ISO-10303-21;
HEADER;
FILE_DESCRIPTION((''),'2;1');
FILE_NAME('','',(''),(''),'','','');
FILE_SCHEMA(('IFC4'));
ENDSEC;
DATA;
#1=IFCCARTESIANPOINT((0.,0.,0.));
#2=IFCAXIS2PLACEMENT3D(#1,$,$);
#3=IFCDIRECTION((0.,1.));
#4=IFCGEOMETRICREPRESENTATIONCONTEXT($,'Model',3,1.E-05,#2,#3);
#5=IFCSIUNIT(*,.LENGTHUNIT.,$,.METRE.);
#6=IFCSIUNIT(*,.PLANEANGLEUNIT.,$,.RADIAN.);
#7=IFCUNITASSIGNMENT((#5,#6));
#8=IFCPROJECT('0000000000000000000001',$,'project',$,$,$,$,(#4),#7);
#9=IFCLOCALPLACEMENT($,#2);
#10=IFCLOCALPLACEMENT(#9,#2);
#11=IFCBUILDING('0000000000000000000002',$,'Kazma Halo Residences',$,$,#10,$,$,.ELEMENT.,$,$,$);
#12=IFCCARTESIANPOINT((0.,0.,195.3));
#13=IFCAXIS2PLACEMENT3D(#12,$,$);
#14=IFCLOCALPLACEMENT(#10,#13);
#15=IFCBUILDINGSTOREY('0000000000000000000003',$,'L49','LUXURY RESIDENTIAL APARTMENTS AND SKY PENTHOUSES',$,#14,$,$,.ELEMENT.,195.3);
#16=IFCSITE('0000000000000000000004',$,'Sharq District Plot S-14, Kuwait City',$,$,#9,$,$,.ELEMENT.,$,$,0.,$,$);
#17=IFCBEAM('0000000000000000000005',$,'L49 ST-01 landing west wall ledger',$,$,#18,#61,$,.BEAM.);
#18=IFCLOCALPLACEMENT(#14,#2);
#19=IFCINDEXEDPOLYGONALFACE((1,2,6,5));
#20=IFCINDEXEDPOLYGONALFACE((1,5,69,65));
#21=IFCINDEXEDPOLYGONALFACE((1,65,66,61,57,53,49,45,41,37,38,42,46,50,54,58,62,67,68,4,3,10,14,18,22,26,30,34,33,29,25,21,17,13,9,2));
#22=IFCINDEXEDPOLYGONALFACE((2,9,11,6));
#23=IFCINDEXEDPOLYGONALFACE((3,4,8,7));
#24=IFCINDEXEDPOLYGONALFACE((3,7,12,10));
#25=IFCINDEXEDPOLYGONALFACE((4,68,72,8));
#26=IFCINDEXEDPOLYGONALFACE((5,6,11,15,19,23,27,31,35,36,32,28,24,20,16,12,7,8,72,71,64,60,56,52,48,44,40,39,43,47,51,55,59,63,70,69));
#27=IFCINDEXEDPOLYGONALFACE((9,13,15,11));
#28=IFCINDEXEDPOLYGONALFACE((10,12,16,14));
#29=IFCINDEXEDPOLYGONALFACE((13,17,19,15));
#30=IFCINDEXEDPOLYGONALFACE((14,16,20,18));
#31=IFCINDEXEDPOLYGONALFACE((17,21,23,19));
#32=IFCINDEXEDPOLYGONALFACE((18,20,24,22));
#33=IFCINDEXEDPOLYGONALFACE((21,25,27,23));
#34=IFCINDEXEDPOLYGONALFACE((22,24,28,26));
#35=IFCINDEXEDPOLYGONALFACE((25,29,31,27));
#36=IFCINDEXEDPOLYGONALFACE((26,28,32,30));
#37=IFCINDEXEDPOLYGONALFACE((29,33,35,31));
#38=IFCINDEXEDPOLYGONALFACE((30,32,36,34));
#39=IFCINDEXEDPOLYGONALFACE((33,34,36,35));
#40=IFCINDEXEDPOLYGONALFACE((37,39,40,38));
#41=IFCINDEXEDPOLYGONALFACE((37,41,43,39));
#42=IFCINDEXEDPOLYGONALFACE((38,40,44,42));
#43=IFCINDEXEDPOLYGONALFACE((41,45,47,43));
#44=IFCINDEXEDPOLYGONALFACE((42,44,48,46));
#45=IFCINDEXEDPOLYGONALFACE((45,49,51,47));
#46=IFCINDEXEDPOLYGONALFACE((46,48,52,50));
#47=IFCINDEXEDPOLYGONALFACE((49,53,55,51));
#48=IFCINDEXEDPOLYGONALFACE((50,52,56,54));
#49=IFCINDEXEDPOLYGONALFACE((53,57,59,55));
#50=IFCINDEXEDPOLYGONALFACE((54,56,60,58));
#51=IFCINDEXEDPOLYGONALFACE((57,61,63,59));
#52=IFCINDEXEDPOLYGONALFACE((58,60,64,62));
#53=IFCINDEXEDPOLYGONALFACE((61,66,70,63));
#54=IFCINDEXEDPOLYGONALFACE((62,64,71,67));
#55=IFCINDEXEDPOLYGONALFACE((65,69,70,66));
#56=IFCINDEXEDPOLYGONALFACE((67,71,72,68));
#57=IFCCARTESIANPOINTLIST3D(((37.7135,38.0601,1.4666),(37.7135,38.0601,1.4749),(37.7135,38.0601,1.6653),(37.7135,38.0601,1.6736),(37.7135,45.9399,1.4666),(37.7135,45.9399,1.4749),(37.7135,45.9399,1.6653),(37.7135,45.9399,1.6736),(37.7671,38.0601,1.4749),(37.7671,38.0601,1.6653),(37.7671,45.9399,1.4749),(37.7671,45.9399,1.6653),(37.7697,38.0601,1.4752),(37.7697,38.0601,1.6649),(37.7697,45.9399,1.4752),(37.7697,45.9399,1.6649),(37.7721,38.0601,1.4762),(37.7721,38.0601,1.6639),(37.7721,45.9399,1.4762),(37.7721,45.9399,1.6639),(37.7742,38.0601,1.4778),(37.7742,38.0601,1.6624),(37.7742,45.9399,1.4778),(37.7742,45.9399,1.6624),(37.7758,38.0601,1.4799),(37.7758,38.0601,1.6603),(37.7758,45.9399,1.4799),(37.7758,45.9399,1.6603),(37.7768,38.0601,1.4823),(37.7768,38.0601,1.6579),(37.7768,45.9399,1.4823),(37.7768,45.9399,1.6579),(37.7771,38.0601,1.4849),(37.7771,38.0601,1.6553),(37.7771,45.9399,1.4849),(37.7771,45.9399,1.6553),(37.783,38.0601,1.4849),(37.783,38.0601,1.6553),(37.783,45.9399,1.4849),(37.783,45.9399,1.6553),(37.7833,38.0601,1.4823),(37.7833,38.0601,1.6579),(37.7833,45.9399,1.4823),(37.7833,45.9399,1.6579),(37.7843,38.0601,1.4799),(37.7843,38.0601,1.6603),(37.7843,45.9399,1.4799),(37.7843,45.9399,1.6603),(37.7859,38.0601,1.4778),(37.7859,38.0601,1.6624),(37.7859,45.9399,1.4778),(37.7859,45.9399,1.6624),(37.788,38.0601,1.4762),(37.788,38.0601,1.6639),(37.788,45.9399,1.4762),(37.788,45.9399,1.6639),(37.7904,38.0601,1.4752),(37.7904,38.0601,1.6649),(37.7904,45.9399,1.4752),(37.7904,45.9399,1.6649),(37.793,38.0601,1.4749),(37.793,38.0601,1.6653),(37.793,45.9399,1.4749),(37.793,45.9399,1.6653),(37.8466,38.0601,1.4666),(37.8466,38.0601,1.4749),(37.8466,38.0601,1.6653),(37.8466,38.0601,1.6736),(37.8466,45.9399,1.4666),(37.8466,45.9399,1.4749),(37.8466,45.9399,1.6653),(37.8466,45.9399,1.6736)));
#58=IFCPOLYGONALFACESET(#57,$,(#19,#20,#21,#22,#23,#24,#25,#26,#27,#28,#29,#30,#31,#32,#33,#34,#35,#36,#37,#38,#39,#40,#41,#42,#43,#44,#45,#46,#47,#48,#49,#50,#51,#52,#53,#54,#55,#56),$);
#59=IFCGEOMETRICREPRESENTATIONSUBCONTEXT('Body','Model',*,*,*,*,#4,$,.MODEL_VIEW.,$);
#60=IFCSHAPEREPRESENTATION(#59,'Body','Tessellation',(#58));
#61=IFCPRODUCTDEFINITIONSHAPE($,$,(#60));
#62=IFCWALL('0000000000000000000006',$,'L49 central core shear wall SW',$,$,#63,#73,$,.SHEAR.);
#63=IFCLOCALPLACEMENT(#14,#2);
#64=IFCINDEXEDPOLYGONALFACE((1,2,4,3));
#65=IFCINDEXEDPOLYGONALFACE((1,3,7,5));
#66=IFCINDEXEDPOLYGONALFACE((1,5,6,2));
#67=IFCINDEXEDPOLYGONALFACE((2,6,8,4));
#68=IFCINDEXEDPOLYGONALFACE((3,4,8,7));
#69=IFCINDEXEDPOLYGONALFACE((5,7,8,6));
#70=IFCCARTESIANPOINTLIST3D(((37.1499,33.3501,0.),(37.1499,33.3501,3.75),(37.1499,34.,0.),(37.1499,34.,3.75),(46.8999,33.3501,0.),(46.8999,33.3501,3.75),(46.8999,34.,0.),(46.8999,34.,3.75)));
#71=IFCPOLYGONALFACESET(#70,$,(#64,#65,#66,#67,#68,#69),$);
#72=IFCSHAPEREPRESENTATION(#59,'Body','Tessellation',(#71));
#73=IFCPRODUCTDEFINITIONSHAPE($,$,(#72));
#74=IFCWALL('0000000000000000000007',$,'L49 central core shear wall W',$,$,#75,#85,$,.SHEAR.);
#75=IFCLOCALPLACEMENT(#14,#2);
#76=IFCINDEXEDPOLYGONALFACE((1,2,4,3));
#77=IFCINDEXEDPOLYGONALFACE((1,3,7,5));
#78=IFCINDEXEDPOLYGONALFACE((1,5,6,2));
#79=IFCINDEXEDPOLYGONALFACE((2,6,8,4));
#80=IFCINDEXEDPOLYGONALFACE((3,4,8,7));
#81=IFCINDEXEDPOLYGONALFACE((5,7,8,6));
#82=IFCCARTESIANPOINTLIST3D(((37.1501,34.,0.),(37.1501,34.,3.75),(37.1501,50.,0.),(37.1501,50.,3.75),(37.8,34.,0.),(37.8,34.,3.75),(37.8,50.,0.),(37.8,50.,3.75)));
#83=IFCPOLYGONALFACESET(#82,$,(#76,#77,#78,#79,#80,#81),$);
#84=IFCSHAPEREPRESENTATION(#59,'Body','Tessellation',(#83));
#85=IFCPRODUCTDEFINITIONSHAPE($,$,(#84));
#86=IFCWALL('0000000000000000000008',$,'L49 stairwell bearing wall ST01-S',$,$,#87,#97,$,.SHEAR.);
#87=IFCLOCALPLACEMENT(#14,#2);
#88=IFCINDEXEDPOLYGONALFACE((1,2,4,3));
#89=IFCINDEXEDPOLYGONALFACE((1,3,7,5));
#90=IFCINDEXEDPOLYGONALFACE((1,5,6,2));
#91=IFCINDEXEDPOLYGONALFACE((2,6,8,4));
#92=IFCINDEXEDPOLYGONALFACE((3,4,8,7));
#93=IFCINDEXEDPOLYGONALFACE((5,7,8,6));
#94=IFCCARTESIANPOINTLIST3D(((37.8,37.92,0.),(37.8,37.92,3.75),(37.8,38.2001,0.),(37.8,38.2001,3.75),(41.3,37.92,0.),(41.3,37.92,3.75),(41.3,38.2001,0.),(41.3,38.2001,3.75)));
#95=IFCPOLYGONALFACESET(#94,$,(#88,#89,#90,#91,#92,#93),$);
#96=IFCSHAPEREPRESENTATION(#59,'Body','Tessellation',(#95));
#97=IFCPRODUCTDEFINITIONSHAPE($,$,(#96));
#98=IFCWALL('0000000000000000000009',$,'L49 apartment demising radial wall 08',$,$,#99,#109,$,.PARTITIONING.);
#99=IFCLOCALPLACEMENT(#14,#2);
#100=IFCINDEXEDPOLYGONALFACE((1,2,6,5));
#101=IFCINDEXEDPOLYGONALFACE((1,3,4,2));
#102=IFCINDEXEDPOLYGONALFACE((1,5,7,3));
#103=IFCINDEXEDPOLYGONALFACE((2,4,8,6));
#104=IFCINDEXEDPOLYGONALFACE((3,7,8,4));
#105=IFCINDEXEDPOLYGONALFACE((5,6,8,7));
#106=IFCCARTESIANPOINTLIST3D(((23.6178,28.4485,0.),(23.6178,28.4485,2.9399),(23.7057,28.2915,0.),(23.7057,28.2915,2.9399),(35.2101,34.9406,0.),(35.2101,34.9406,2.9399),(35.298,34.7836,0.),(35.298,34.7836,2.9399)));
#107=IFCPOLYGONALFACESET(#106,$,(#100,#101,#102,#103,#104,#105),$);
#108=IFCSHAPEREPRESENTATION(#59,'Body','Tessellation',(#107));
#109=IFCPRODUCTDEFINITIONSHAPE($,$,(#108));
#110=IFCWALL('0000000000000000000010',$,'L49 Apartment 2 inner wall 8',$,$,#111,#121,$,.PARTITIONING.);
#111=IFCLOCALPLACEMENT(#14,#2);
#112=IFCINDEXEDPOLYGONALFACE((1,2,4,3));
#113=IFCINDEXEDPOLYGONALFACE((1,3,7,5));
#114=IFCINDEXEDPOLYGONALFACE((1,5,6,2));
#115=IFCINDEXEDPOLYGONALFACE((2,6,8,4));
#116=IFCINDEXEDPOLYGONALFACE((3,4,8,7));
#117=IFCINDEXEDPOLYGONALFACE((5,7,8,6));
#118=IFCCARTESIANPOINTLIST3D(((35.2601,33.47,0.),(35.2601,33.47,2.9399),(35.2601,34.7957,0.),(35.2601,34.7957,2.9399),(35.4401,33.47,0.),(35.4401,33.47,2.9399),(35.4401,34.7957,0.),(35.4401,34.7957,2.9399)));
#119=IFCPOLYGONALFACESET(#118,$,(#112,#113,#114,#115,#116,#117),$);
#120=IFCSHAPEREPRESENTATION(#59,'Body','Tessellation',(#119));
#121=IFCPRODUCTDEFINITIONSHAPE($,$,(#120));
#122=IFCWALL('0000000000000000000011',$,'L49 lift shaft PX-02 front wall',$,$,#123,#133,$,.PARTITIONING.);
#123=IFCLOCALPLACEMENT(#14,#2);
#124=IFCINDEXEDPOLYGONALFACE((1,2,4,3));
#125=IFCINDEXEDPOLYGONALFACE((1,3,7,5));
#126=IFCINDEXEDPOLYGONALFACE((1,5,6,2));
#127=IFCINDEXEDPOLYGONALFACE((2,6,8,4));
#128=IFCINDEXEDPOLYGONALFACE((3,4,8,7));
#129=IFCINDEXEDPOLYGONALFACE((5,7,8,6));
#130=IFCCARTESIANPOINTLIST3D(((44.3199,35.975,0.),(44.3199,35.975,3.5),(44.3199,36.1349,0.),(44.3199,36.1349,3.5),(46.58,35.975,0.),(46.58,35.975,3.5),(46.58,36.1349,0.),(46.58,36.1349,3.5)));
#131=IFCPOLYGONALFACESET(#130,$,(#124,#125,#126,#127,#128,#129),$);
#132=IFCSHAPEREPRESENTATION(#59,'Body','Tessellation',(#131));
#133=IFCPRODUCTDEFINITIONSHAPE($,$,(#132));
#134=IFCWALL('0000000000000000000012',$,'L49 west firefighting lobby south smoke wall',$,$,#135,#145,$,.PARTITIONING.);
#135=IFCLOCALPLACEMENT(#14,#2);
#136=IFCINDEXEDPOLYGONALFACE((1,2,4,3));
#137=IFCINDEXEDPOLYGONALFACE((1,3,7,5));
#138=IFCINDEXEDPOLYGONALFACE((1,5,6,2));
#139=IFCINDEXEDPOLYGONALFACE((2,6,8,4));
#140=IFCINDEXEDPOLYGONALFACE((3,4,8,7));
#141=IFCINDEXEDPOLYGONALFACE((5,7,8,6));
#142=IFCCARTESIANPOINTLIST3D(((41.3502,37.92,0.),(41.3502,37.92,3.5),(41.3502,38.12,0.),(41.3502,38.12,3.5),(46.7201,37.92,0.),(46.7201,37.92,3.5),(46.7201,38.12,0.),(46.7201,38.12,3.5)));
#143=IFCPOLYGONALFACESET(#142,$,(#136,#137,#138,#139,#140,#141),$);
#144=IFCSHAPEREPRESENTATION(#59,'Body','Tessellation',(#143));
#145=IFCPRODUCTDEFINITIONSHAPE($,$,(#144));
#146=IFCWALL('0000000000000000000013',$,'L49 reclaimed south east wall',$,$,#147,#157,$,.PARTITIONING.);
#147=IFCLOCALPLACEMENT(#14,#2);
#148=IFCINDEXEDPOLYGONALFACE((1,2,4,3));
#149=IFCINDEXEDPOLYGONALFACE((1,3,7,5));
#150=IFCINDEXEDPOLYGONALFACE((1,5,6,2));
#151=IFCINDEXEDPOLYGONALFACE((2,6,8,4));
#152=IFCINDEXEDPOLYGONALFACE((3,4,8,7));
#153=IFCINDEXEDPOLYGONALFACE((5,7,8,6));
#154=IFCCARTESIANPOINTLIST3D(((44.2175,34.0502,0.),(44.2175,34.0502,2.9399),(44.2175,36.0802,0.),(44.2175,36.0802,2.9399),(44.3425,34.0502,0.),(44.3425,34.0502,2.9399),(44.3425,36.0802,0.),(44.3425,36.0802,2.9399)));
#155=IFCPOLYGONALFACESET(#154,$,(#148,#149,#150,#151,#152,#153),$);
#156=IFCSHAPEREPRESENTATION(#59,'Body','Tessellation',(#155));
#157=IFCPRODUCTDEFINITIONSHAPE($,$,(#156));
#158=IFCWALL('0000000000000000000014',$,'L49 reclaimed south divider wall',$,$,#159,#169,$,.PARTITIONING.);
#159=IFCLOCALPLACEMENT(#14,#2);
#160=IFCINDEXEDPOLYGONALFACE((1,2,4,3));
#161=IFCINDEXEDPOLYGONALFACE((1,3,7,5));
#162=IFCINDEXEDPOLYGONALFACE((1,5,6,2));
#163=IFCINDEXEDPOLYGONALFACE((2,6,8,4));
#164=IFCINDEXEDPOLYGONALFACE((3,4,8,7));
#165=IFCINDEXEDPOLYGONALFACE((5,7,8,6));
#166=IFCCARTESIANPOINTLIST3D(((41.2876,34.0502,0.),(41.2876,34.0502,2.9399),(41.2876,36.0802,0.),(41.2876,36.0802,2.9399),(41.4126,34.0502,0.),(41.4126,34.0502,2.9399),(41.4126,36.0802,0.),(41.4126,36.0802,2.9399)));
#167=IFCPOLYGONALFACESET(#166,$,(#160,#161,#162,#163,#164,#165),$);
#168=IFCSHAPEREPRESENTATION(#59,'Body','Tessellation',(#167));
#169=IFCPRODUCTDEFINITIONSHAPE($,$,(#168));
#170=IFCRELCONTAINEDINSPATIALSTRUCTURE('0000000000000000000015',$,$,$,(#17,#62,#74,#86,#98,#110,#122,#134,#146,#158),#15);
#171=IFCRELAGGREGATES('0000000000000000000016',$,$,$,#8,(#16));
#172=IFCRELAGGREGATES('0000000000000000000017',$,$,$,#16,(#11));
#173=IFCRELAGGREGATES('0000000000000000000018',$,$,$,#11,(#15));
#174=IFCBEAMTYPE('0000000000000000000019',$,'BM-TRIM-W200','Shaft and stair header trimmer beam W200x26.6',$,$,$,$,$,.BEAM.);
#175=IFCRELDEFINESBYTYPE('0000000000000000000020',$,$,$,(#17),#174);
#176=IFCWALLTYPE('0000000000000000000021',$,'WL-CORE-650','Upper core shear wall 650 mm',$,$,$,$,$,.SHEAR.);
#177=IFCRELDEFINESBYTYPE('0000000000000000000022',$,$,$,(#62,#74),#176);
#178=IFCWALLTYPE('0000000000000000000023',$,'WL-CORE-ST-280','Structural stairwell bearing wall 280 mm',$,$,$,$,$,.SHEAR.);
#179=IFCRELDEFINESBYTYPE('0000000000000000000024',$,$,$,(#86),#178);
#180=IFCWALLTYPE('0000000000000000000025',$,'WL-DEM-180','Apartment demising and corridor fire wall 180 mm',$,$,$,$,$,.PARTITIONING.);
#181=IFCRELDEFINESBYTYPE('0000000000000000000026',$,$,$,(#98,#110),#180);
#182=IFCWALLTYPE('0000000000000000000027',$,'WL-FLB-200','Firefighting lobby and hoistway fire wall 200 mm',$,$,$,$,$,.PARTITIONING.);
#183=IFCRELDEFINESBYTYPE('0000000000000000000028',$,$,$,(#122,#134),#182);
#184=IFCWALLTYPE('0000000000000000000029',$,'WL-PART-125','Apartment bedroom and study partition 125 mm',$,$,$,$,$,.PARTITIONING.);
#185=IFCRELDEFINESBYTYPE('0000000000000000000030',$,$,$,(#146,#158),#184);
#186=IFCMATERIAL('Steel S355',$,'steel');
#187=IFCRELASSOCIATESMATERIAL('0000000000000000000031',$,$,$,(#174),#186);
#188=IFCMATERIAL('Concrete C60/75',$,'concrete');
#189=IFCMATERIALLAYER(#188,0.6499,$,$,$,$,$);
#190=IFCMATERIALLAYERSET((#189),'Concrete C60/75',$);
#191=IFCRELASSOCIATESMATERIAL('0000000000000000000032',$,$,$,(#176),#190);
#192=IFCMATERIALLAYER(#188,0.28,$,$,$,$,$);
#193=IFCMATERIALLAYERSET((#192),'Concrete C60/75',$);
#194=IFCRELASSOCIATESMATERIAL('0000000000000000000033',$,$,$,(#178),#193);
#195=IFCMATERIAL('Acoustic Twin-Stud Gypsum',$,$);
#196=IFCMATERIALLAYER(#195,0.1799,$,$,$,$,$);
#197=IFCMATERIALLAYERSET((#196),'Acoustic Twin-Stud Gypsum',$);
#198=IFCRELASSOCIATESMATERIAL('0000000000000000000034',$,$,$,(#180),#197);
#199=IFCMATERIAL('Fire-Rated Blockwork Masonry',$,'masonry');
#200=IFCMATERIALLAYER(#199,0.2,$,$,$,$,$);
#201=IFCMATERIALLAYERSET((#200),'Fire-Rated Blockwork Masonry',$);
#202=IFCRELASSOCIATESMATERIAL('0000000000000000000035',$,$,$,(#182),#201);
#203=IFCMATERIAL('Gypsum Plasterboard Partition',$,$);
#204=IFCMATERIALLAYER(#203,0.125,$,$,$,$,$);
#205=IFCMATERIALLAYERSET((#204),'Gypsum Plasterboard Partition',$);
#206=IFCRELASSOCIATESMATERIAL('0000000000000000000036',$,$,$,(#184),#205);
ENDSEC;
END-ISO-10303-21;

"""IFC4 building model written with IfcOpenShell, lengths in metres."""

from ifc_helpers import new_model, si_unit, direction, frame, frame_2d, origin, origin_2d, place, context, subcontext, project, spatial, rectangle, i_section, extrude, material, layer, layer_set, material_profile, profile_set, type_object, element, save


model = new_model("IFC4")

# Units and contexts
model_context = context("Model", 3, precision=1e-05, world=origin(), true_north=direction((0.0, 1.0)))
body_context = subcontext(model_context, "Body", "Model", "MODEL_VIEW")
ifc_project = project(units=[si_unit("LENGTHUNIT", "METRE"), si_unit("PLANEANGLEUNIT", "RADIAN")], contexts=[model_context])

# Site, building, storey
site_placement = place(None, origin())
site = spatial("IfcSite", under=ifc_project, at=site_placement, Name="Sharq District Plot S-14, Kuwait City", CompositionType="ELEMENT", RefElevation=0.0)
building_placement = place(site_placement, origin())
building = spatial("IfcBuilding", under=site, at=building_placement, Name="Kazma Halo Residences", CompositionType="ELEMENT")
storey_placement = place(building_placement, frame((0.0, 0.0, 195.3)))
storey = spatial("IfcBuildingStorey", under=building, at=storey_placement, Name="L49", Description="LUXURY RESIDENTIAL APARTMENTS AND SKY PENTHOUSES", CompositionType="ELEMENT", Elevation=195.3)

# Beam
ifc_material_1 = material(Name="Steel S355", Category="steel")
ifc_material_profile_1 = material_profile(ifc_material_1, i_section(OverallWidth=0.1331, OverallDepth=0.207, WebThickness=0.0059, FlangeThickness=0.0083, FilletRadius=0.01, at=origin_2d()), Name="W200x26.6")
ifc_profile_set_1 = profile_set([ifc_material_profile_1], Name="Steel S355")
beam_type_1 = type_object("IfcBeamType", Name="BM-TRIM-W200", Description="Shaft and stair header trimmer beam W200x26.6", PredefinedType="BEAM", material=ifc_profile_set_1)
beam_1_placement = place(storey_placement, frame((37.78, 38.0601, 1.5701), z_axis=(0.0, 1.0, 0.0), x_axis=(-1.0, 0.0, 0.0)))
element("IfcBeam", 1, at=beam_1_placement, inside=storey, type_object=beam_type_1, Name="L49 ST-01 landing west wall ledger", PredefinedType="BEAM", context=body_context, shape_type="SweptSolid", body=[
    extrude(i_section(OverallWidth=0.1331, OverallDepth=0.207, WebThickness=0.0059, FlangeThickness=0.0083, FilletRadius=0.01, at=origin_2d()), origin(), (0.0, 0.0, 1.0), 7.8799),
])

# Walls
ifc_material_2 = material(Name="Concrete C60/75", Category="concrete")
ifc_layer_1 = layer(ifc_material_2, 0.6499)
ifc_layer_set_1 = layer_set([ifc_layer_1], Name="Concrete C60/75")
wall_type_1 = type_object("IfcWallType", Name="WL-CORE-650", Description="Upper core shear wall 650 mm", PredefinedType="SHEAR", material=ifc_layer_set_1)
wall_1_placement = place(storey_placement, frame((37.1499, 33.675, 0.0), z_axis=(0.0, 0.0, 1.0), x_axis=(1.0, 0.0, 0.0)))
element("IfcWall", 2, at=wall_1_placement, inside=storey, type_object=wall_type_1, Name="L49 central core shear wall SW", PredefinedType="SHEAR", context=body_context, shape_type="SweptSolid", body=[
    extrude(rectangle(XDim=9.75, YDim=0.6499, at=frame_2d((4.875, 0.0))), origin(), (0.0, 0.0, 1.0), 3.75),
])
wall_2_placement = place(storey_placement, frame((37.4751, 34.0, 0.0), z_axis=(0.0, 0.0, 1.0), x_axis=(0.0, 1.0, 0.0)))
element("IfcWall", 3, at=wall_2_placement, inside=storey, type_object=wall_type_1, Name="L49 central core shear wall W", PredefinedType="SHEAR", context=body_context, shape_type="SweptSolid", body=[
    extrude(rectangle(XDim=16.0, YDim=0.6499, at=frame_2d((8.0, 0.0))), origin(), (0.0, 0.0, 1.0), 3.75),
])
ifc_layer_2 = layer(ifc_material_2, 0.28)
ifc_layer_set_2 = layer_set([ifc_layer_2], Name="Concrete C60/75")
wall_type_2 = type_object("IfcWallType", Name="WL-CORE-ST-280", Description="Structural stairwell bearing wall 280 mm", PredefinedType="SHEAR", material=ifc_layer_set_2)
wall_3_placement = place(storey_placement, frame((37.8, 38.0601, 0.0), z_axis=(0.0, 0.0, 1.0), x_axis=(1.0, 0.0, 0.0)))
element("IfcWall", 4, at=wall_3_placement, inside=storey, type_object=wall_type_2, Name="L49 stairwell bearing wall ST01-S", PredefinedType="SHEAR", context=body_context, shape_type="SweptSolid", body=[
    extrude(rectangle(XDim=3.5, YDim=0.28, at=frame_2d((1.75, 0.0))), origin(), (0.0, 0.0, 1.0), 3.75),
])
ifc_material_3 = material(Name="Acoustic Twin-Stud Gypsum")
ifc_layer_3 = layer(ifc_material_3, 0.1799)
ifc_layer_set_3 = layer_set([ifc_layer_3], Name="Acoustic Twin-Stud Gypsum")
wall_type_3 = type_object("IfcWallType", Name="WL-DEM-180", Description="Apartment demising and corridor fire wall 180 mm", PredefinedType="PARTITIONING", material=ifc_layer_set_3)
wall_4_placement = place(storey_placement, frame((35.2539, 34.8621, 0.0), z_axis=(0.0, 0.0, 1.0), x_axis=(-0.87249, -0.488632, 0.0)))
element("IfcWall", 5, at=wall_4_placement, inside=storey, type_object=wall_type_3, Name="L49 apartment demising radial wall 08", PredefinedType="PARTITIONING", context=body_context, shape_type="SweptSolid", body=[
    extrude(rectangle(XDim=13.2864, YDim=0.1799, at=frame_2d((6.6431, 0.0))), origin(), (0.0, 0.0, 1.0), 2.9399),
])
wall_5_placement = place(storey_placement, frame((35.3501, 34.7957, 0.0), z_axis=(0.0, 0.0, 1.0), x_axis=(0.0, -1.0, 0.0)))
element("IfcWall", 6, at=wall_5_placement, inside=storey, type_object=wall_type_3, Name="L49 Apartment 2 inner wall 8", PredefinedType="PARTITIONING", context=body_context, shape_type="SweptSolid", body=[
    extrude(rectangle(XDim=1.3257, YDim=0.1799, at=frame_2d((0.6628, 0.0))), origin(), (0.0, 0.0, 1.0), 2.9399),
])
ifc_material_4 = material(Name="Fire-Rated Blockwork Masonry", Category="masonry")
ifc_layer_4 = layer(ifc_material_4, 0.2)
ifc_layer_set_4 = layer_set([ifc_layer_4], Name="Fire-Rated Blockwork Masonry")
wall_type_4 = type_object("IfcWallType", Name="WL-FLB-200", Description="Firefighting lobby and hoistway fire wall 200 mm", PredefinedType="PARTITIONING", material=ifc_layer_set_4)
wall_6_placement = place(storey_placement, frame((44.3201, 36.0549, 0.0), z_axis=(0.0, 0.0, 1.0), x_axis=(1.0, 0.0, 0.0)))
element("IfcWall", 7, at=wall_6_placement, inside=storey, type_object=wall_type_4, Name="L49 lift shaft PX-02 front wall", PredefinedType="PARTITIONING", context=body_context, shape_type="SweptSolid", body=[
    extrude(rectangle(XDim=2.26, YDim=0.1599, at=frame_2d((1.1299, 0.0))), origin(), (0.0, 0.0, 1.0), 3.5),
])
wall_7_placement = place(storey_placement, frame((41.3501, 38.02, 0.0), z_axis=(0.0, 0.0, 1.0), x_axis=(1.0, 0.0, 0.0)))
element("IfcWall", 8, at=wall_7_placement, inside=storey, type_object=wall_type_4, Name="L49 west firefighting lobby south smoke wall", PredefinedType="PARTITIONING", context=body_context, shape_type="SweptSolid", body=[
    extrude(rectangle(XDim=5.3699, YDim=0.2, at=frame_2d((2.6851, 0.0))), origin(), (0.0, 0.0, 1.0), 3.5),
])
ifc_material_5 = material(Name="Gypsum Plasterboard Partition")
ifc_layer_5 = layer(ifc_material_5, 0.125)
ifc_layer_set_5 = layer_set([ifc_layer_5], Name="Gypsum Plasterboard Partition")
wall_type_5 = type_object("IfcWallType", Name="WL-PART-125", Description="Apartment bedroom and study partition 125 mm", PredefinedType="PARTITIONING", material=ifc_layer_set_5)
for number, where, z_axis, x_axis, name in (
    (9, (44.28, 34.05, 0.0), (0.0, 0.0, 1.0), (0.0, 1.0, 0.0), "L49 reclaimed south east wall"),
    (10, (41.3501, 34.05, 0.0), (0.0, 0.0, 1.0), (0.0, 1.0, 0.0), "L49 reclaimed south divider wall"),
):
    element("IfcWall", number, at=place(storey_placement, frame(where, z_axis=z_axis, x_axis=x_axis)), inside=storey, type_object=wall_type_5, Name=name, PredefinedType="PARTITIONING", context=body_context, shape_type="SweptSolid", body=[
        extrude(rectangle(XDim=2.03, YDim=0.125, at=frame_2d((1.0151, 0.0))), origin(), (0.0, 0.0, 1.0), 2.9399),
    ])

save(model, "model.ifc")
